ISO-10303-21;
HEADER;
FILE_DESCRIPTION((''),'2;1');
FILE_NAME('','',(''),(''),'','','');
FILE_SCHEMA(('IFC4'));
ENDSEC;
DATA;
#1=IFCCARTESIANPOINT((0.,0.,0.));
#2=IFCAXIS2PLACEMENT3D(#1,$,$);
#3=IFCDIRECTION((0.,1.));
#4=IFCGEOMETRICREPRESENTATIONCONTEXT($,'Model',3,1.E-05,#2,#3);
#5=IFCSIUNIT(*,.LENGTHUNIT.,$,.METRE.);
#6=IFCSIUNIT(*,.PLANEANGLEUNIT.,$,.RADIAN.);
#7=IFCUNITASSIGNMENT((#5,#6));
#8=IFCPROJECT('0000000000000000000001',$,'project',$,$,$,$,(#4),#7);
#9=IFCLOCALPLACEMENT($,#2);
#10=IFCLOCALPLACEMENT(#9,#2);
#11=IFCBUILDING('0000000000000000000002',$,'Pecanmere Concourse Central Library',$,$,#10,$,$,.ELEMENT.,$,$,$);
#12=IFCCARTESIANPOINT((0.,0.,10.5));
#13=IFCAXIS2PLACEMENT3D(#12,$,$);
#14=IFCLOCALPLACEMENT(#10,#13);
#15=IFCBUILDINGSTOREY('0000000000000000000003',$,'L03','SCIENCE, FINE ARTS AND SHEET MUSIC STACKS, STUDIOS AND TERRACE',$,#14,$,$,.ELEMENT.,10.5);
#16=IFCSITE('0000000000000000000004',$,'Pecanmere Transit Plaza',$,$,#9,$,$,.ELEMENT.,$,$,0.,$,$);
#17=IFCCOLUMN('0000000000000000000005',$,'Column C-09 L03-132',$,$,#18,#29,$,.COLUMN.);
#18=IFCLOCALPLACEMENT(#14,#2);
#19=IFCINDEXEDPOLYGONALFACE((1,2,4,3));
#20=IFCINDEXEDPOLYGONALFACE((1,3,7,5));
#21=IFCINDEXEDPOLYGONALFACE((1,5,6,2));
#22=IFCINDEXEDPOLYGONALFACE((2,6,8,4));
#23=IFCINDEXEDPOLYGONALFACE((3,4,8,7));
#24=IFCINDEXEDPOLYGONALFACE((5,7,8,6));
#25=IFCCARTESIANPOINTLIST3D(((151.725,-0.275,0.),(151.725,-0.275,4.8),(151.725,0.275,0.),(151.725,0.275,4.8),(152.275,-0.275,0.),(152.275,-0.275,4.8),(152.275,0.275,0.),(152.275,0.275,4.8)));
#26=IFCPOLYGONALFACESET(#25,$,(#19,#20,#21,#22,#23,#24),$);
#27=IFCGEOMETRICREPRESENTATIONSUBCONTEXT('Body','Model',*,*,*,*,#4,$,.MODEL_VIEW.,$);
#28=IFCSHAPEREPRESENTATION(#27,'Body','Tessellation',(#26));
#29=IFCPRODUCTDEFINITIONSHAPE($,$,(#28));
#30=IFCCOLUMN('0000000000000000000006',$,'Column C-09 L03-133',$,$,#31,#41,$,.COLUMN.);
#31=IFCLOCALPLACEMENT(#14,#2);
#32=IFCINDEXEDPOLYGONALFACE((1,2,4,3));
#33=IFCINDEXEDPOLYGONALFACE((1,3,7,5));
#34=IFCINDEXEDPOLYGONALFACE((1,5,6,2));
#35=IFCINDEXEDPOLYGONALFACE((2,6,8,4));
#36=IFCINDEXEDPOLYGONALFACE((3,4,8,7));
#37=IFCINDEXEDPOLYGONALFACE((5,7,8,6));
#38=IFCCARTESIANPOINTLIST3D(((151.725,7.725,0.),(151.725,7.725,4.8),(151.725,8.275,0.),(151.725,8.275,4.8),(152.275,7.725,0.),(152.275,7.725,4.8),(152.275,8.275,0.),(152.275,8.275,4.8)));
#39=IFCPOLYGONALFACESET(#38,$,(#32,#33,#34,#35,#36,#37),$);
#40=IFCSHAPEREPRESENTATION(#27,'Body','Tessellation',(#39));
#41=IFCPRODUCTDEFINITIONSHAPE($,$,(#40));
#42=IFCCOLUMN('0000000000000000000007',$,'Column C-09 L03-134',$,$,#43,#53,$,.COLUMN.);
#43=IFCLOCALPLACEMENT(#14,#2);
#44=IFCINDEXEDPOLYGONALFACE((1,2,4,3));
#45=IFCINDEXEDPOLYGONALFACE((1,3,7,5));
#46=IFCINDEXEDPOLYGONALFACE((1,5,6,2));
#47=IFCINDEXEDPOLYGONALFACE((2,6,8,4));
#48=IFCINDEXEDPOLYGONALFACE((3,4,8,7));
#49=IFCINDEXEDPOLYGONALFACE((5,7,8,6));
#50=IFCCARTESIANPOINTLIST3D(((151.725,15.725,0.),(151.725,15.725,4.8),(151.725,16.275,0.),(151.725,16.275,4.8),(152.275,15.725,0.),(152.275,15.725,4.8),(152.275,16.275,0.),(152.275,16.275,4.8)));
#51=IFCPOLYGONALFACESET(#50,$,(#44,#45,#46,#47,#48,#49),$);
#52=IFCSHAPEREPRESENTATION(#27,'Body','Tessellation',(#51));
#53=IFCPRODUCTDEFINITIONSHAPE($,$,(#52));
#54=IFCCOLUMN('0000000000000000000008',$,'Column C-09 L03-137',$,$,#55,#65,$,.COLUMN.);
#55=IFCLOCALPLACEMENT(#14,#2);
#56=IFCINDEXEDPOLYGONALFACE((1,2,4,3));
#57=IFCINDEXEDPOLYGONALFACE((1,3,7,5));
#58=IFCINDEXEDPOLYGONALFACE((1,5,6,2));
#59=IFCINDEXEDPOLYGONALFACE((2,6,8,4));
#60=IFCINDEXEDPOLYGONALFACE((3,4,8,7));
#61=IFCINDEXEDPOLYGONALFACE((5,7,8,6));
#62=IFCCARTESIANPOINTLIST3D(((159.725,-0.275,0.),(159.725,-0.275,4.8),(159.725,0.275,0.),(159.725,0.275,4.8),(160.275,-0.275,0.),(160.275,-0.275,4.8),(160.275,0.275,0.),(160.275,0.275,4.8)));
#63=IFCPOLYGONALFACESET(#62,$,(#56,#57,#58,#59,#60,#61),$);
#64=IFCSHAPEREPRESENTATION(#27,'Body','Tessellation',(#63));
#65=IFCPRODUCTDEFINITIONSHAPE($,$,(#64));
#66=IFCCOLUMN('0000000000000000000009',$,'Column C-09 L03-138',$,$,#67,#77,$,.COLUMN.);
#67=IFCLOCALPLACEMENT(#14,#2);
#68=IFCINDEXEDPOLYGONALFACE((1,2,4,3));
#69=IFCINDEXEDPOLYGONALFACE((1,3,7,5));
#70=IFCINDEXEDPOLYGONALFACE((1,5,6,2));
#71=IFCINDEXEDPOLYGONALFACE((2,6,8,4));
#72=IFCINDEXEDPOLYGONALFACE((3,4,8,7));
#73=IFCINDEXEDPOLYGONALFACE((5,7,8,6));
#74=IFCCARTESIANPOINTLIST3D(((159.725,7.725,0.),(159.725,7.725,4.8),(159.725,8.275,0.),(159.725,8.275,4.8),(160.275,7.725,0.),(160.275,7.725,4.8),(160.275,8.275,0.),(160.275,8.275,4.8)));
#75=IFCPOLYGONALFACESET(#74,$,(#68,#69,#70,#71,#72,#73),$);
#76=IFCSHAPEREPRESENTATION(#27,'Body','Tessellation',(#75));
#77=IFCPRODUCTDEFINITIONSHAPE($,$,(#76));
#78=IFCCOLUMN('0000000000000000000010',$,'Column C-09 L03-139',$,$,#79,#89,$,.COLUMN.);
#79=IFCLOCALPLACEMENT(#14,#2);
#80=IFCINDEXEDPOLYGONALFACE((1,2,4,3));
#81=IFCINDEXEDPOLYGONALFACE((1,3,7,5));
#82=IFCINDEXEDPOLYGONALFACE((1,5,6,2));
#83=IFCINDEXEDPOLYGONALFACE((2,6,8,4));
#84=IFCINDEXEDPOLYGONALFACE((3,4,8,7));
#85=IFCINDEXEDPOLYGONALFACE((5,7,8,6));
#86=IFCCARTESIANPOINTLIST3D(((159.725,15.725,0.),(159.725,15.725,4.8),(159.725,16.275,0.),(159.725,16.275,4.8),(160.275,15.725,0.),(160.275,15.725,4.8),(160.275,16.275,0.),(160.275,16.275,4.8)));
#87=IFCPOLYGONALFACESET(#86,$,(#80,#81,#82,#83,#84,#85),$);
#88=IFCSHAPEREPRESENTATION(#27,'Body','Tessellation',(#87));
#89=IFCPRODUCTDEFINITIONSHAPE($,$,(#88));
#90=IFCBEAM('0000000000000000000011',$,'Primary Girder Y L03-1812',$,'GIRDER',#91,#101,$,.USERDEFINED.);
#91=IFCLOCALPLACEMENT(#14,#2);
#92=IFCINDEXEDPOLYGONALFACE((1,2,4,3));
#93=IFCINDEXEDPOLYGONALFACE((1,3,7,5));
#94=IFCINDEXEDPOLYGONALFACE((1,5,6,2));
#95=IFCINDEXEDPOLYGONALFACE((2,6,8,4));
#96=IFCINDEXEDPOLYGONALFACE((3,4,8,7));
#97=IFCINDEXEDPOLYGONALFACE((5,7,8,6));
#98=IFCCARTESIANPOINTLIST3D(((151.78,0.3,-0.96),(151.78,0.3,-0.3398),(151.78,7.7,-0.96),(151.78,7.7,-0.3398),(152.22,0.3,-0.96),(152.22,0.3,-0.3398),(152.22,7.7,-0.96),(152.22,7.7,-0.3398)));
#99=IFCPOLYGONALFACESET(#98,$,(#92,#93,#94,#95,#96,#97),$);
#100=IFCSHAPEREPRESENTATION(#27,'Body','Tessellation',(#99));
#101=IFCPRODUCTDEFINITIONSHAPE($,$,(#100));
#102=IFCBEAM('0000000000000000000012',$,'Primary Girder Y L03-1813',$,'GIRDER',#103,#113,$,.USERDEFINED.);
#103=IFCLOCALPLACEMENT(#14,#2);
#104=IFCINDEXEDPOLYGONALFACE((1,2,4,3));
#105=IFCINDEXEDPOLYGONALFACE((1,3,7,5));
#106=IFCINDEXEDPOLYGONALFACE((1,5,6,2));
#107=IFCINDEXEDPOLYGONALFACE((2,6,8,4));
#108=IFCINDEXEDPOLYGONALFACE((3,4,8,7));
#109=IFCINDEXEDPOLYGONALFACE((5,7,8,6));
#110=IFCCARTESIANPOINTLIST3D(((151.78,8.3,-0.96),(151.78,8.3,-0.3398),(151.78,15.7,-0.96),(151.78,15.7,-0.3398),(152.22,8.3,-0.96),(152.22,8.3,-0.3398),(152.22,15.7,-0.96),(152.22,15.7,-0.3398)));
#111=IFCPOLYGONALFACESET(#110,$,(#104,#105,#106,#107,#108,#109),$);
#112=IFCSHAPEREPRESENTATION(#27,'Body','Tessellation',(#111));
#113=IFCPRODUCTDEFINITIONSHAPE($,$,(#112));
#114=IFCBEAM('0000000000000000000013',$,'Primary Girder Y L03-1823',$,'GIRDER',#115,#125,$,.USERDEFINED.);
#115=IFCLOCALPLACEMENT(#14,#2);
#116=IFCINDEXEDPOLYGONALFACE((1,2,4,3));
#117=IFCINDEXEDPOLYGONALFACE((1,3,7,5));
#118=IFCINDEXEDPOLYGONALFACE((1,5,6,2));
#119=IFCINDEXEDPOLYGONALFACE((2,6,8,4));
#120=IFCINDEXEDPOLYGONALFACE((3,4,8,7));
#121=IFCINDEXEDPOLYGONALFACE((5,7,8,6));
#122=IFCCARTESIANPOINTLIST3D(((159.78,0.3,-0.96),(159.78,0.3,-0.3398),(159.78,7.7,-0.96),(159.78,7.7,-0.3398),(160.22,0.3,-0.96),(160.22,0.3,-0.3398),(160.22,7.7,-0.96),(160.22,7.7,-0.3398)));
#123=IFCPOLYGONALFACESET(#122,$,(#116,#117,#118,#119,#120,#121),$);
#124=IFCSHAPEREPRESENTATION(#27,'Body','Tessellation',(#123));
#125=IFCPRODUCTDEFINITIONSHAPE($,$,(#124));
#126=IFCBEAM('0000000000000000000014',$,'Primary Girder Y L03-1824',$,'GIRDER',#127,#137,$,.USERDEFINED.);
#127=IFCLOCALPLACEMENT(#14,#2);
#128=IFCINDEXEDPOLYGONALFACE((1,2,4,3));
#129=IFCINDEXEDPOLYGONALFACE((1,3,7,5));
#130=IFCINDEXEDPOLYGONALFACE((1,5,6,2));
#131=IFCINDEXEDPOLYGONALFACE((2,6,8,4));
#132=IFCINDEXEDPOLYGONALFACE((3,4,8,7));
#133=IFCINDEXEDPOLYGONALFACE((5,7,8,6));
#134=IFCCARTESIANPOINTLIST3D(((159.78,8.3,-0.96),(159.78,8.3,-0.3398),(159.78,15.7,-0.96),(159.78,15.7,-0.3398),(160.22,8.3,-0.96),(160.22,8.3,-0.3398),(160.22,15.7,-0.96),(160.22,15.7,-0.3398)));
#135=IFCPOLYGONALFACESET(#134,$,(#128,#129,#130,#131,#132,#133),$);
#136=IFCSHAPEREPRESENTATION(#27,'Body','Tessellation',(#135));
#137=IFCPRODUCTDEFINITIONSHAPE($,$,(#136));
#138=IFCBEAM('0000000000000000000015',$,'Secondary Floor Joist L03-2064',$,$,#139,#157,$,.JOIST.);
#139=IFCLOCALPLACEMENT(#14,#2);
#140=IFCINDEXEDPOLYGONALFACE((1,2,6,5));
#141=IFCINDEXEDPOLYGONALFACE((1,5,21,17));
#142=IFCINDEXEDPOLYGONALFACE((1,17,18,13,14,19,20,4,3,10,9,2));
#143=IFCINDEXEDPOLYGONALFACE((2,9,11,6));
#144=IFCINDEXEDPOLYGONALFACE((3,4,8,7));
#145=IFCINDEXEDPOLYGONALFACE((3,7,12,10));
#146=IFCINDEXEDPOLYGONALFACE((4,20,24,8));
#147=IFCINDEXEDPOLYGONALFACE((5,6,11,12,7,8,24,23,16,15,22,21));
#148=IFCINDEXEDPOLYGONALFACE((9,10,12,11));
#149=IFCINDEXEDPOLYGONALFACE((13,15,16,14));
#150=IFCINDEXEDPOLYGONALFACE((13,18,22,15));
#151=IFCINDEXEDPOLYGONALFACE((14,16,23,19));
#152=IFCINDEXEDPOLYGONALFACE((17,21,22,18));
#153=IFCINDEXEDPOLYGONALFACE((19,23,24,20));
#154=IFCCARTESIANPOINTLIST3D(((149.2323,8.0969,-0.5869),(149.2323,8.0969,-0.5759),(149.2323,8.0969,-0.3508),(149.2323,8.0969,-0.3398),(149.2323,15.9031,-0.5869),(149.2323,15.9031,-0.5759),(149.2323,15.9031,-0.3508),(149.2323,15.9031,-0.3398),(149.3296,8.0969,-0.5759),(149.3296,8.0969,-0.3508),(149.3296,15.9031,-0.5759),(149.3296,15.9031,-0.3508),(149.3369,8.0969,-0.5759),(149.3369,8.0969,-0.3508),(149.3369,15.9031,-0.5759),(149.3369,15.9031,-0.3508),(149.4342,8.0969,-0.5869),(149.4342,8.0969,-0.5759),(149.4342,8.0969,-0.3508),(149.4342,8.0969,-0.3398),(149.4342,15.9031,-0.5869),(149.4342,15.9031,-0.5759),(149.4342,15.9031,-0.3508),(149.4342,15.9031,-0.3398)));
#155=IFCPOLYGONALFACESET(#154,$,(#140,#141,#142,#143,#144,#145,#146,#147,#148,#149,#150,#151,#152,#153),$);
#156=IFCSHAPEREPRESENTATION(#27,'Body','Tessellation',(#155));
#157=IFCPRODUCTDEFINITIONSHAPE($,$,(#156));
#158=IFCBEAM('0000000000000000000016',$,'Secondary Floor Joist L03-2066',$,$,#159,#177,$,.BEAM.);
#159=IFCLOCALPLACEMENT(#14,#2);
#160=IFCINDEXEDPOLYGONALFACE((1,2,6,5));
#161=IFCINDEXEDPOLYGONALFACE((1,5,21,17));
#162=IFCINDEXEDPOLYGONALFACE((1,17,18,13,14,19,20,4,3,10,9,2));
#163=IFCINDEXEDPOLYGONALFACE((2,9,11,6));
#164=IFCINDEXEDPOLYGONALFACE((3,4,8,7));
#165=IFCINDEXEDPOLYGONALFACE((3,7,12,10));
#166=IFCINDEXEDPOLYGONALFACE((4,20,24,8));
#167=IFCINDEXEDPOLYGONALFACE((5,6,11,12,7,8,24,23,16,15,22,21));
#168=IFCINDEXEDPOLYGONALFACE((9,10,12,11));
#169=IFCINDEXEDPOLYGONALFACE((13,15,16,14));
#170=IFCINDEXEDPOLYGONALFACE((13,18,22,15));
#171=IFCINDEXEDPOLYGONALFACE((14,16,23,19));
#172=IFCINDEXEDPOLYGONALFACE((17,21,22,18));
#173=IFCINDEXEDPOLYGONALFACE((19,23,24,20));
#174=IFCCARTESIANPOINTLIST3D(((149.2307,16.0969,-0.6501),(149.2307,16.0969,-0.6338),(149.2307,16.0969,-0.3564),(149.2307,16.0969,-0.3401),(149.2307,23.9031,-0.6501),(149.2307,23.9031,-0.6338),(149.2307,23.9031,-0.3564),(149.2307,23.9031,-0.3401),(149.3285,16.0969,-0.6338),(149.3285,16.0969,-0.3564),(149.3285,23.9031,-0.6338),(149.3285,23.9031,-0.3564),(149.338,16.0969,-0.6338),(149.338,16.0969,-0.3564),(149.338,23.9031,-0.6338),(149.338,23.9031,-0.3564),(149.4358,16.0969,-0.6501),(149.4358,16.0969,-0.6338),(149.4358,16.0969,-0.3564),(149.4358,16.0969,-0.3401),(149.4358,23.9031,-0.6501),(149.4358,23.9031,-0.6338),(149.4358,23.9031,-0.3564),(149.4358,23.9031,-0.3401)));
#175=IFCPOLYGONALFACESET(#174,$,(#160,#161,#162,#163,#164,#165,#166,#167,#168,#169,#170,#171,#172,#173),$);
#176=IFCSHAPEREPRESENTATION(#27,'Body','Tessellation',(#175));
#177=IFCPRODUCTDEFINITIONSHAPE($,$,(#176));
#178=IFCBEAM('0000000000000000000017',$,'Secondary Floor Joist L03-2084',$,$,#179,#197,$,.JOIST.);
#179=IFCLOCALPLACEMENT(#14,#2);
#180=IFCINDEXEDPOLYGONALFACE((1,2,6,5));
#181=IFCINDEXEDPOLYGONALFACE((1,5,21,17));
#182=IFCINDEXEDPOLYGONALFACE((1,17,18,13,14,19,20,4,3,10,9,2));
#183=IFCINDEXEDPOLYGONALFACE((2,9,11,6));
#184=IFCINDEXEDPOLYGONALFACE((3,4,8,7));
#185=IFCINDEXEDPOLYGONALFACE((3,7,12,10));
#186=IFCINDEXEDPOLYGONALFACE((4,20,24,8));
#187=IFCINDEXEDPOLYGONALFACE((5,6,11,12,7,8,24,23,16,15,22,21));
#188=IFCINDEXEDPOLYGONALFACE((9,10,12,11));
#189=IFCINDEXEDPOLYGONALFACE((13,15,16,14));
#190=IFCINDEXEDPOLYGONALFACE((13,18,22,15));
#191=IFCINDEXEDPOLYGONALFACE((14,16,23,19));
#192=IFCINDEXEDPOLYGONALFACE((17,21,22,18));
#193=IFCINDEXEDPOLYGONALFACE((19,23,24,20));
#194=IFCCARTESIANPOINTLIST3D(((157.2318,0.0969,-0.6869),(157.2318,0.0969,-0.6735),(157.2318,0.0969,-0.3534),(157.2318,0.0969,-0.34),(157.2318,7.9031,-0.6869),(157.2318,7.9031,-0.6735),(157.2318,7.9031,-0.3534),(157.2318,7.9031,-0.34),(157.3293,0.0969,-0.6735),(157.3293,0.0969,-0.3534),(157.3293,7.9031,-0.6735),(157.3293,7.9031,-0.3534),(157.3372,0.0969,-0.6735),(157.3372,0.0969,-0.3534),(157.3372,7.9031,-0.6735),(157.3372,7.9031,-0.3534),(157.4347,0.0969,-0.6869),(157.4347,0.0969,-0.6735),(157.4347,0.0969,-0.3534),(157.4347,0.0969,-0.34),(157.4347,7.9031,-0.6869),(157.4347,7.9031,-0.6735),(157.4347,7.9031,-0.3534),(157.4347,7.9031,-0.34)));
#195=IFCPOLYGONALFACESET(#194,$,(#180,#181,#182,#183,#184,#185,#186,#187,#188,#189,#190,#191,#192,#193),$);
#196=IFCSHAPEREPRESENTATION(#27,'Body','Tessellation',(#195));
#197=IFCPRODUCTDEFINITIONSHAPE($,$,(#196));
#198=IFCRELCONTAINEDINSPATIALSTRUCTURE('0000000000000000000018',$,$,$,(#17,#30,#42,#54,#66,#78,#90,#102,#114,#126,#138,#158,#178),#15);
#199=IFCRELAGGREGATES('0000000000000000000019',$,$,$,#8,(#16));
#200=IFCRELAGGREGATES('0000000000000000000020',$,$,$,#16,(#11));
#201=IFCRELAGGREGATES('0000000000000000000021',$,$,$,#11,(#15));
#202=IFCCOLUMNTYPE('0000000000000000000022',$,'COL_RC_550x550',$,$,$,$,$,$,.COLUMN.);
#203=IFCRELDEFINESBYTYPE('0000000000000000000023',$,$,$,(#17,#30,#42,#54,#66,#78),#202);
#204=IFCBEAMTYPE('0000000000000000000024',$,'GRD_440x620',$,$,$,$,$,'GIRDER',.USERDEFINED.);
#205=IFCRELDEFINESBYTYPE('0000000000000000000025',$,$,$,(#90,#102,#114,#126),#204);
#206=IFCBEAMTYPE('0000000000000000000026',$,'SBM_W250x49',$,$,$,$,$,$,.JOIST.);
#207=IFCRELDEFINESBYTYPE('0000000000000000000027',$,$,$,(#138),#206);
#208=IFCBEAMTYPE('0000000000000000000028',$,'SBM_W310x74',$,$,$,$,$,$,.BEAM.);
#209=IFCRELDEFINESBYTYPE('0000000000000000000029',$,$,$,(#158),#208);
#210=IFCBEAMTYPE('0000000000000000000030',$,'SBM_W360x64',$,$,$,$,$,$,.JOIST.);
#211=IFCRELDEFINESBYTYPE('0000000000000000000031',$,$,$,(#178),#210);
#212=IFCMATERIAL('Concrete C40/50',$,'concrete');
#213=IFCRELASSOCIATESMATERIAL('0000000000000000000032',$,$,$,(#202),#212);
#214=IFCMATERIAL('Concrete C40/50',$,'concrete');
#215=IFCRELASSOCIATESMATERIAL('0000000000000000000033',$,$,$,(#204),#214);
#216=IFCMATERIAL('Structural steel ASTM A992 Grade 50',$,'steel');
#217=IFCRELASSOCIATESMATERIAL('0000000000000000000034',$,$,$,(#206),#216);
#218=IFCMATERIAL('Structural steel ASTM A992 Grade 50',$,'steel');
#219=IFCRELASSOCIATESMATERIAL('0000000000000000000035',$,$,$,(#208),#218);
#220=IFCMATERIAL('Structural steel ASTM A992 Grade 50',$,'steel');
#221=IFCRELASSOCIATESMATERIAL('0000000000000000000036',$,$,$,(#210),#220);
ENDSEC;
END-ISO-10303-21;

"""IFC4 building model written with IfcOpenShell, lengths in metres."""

from ifc_helpers import new_model, si_unit, direction, frame, origin, origin_2d, place, context, subcontext, project, spatial, rectangle, i_section, extrude, material, material_profile, profile_set, type_object, element, save


model = new_model("IFC4")

# Units and contexts
model_context = context("Model", 3, precision=1e-05, world=origin(), true_north=direction((0.0, 1.0)))
body_context = subcontext(model_context, "Body", "Model", "MODEL_VIEW")
ifc_project = project(units=[si_unit("LENGTHUNIT", "METRE"), si_unit("PLANEANGLEUNIT", "RADIAN")], contexts=[model_context])

# Site, building, storey
site_placement = place(None, origin())
site = spatial("IfcSite", under=ifc_project, at=site_placement, Name="Pecanmere Transit Plaza", CompositionType="ELEMENT", RefElevation=0.0)
building_placement = place(site_placement, origin())
building = spatial("IfcBuilding", under=site, at=building_placement, Name="Pecanmere Concourse Central Library", CompositionType="ELEMENT")
storey_placement = place(building_placement, frame((0.0, 0.0, 10.5)))
storey = spatial("IfcBuildingStorey", under=building, at=storey_placement, Name="L03", Description="SCIENCE, FINE ARTS AND SHEET MUSIC STACKS, STUDIOS AND TERRACE", CompositionType="ELEMENT", Elevation=10.5)

# Columns
ifc_material_1 = material(Name="Concrete C40/50", Category="concrete")
ifc_material_profile_1 = material_profile(ifc_material_1, rectangle(XDim=0.55, YDim=0.55, at=origin_2d()), Name="RC 550x550")
ifc_profile_set_1 = profile_set([ifc_material_profile_1], Name="Concrete C40/50")
column_type = type_object("IfcColumnType", Name="COL_RC_550x550", PredefinedType="COLUMN", material=ifc_profile_set_1)
for number, where, z_axis, x_axis, name in (
    (1, (152.0, 0.0, 0.0), (0.0, 0.0, 1.0), (1.0, 0.0, 0.0), "Column C-09 L03-132"),
    (2, (152.0, 8.0, 0.0), (0.0, 0.0, 1.0), (1.0, 0.0, 0.0), "Column C-09 L03-133"),
    (3, (152.0, 16.0, 0.0), (0.0, 0.0, 1.0), (1.0, 0.0, 0.0), "Column C-09 L03-134"),
    (4, (160.0, 0.0, 0.0), (0.0, 0.0, 1.0), (1.0, 0.0, 0.0), "Column C-09 L03-137"),
    (5, (160.0, 8.0, 0.0), (0.0, 0.0, 1.0), (1.0, 0.0, 0.0), "Column C-09 L03-138"),
    (6, (160.0, 16.0, 0.0), (0.0, 0.0, 1.0), (1.0, 0.0, 0.0), "Column C-09 L03-139"),
):
    element("IfcColumn", number, at=place(storey_placement, frame(where, z_axis=z_axis, x_axis=x_axis)), inside=storey, type_object=column_type, Name=name, PredefinedType="COLUMN", context=body_context, shape_type="SweptSolid", body=[
        extrude(rectangle(XDim=0.55, YDim=0.55, at=origin_2d()), origin(), (0.0, 0.0, 1.0), 4.8),
    ])

# Beams
ifc_material_2 = material(Name="Concrete C40/50", Category="concrete")
ifc_material_profile_2 = material_profile(ifc_material_2, rectangle(XDim=0.4399, YDim=0.6201, at=origin_2d()), Name="RC 440x620")
ifc_profile_set_2 = profile_set([ifc_material_profile_2], Name="Concrete C40/50")
beam_type_1 = type_object("IfcBeamType", Name="GRD_440x620", ElementType="GIRDER", PredefinedType="USERDEFINED", material=ifc_profile_set_2)
for number, where, z_axis, x_axis, name in (
    (7, (152.0, 0.3, -0.6499), (0.0, 1.0, 0.0), (-1.0, 0.0, 0.0), "Primary Girder Y L03-1812"),
    (8, (152.0, 8.3, -0.6499), (0.0, 1.0, 0.0), (-1.0, 0.0, 0.0), "Primary Girder Y L03-1813"),
    (9, (160.0, 0.3, -0.6499), (0.0, 1.0, 0.0), (-1.0, 0.0, 0.0), "Primary Girder Y L03-1823"),
    (10, (160.0, 8.3, -0.6499), (0.0, 1.0, 0.0), (-1.0, 0.0, 0.0), "Primary Girder Y L03-1824"),
):
    element("IfcBeam", number, at=place(storey_placement, frame(where, z_axis=z_axis, x_axis=x_axis)), inside=storey, type_object=beam_type_1, Name=name, ObjectType="GIRDER", PredefinedType="USERDEFINED", context=body_context, shape_type="SweptSolid", body=[
        extrude(rectangle(XDim=0.4399, YDim=0.6201, at=origin_2d()), origin(), (0.0, 0.0, 1.0), 7.3999),
    ])
ifc_material_3 = material(Name="Structural steel ASTM A992 Grade 50", Category="steel")
ifc_material_profile_3 = material_profile(ifc_material_3, i_section(OverallWidth=0.2019, OverallDepth=0.2471, WebThickness=0.0073, FlangeThickness=0.011, at=origin_2d()), Name="W250x49.1")
ifc_profile_set_3 = profile_set([ifc_material_profile_3], Name="Structural steel ASTM A992 Grade 50")
beam_type_2 = type_object("IfcBeamType", Name="SBM_W250x49", PredefinedType="JOIST", material=ifc_profile_set_3)
beam_1_placement = place(storey_placement, frame((149.3333, 8.0969, -0.4634), z_axis=(0.0, 1.0, 0.0), x_axis=(-1.0, 0.0, 0.0)))
element("IfcBeam", 11, at=beam_1_placement, inside=storey, type_object=beam_type_2, Name="Secondary Floor Joist L03-2064", PredefinedType="JOIST", context=body_context, shape_type="SweptSolid", body=[
    extrude(i_section(OverallWidth=0.2019, OverallDepth=0.2471, WebThickness=0.0073, FlangeThickness=0.011, at=origin_2d()), origin(), (0.0, 0.0, 1.0), 7.8062),
])
ifc_material_4 = material(Name="Structural steel ASTM A992 Grade 50", Category="steel")
ifc_material_profile_4 = material_profile(ifc_material_4, i_section(OverallWidth=0.2051, OverallDepth=0.3101, WebThickness=0.0095, FlangeThickness=0.0164, at=origin_2d()), Name="W310x74")
ifc_profile_set_4 = profile_set([ifc_material_profile_4], Name="Structural steel ASTM A992 Grade 50")
beam_type_3 = type_object("IfcBeamType", Name="SBM_W310x74", PredefinedType="BEAM", material=ifc_profile_set_4)
beam_2_placement = place(storey_placement, frame((149.3333, 16.0969, -0.4951), z_axis=(0.0, 1.0, 0.0), x_axis=(-1.0, 0.0, 0.0)))
element("IfcBeam", 12, at=beam_2_placement, inside=storey, type_object=beam_type_3, Name="Secondary Floor Joist L03-2066", PredefinedType="BEAM", context=body_context, shape_type="SweptSolid", body=[
    extrude(i_section(OverallWidth=0.2051, OverallDepth=0.3101, WebThickness=0.0095, FlangeThickness=0.0164, at=origin_2d()), origin(), (0.0, 0.0, 1.0), 7.8062),
])
ifc_material_5 = material(Name="Structural steel ASTM A992 Grade 50", Category="steel")
ifc_material_profile_5 = material_profile(ifc_material_5, i_section(OverallWidth=0.2029, OverallDepth=0.3469, WebThickness=0.0078, FlangeThickness=0.0134, at=origin_2d()), Name="W360x64")
ifc_profile_set_5 = profile_set([ifc_material_profile_5], Name="Structural steel ASTM A992 Grade 50")
beam_type_4 = type_object("IfcBeamType", Name="SBM_W360x64", PredefinedType="JOIST", material=ifc_profile_set_5)
beam_3_placement = place(storey_placement, frame((157.3333, 0.0969, -0.5134), z_axis=(0.0, 1.0, 0.0), x_axis=(-1.0, 0.0, 0.0)))
element("IfcBeam", 13, at=beam_3_placement, inside=storey, type_object=beam_type_4, Name="Secondary Floor Joist L03-2084", PredefinedType="JOIST", context=body_context, shape_type="SweptSolid", body=[
    extrude(i_section(OverallWidth=0.2029, OverallDepth=0.3469, WebThickness=0.0078, FlangeThickness=0.0134, at=origin_2d()), origin(), (0.0, 0.0, 1.0), 7.8062),
])

save(model, "model.ifc")
